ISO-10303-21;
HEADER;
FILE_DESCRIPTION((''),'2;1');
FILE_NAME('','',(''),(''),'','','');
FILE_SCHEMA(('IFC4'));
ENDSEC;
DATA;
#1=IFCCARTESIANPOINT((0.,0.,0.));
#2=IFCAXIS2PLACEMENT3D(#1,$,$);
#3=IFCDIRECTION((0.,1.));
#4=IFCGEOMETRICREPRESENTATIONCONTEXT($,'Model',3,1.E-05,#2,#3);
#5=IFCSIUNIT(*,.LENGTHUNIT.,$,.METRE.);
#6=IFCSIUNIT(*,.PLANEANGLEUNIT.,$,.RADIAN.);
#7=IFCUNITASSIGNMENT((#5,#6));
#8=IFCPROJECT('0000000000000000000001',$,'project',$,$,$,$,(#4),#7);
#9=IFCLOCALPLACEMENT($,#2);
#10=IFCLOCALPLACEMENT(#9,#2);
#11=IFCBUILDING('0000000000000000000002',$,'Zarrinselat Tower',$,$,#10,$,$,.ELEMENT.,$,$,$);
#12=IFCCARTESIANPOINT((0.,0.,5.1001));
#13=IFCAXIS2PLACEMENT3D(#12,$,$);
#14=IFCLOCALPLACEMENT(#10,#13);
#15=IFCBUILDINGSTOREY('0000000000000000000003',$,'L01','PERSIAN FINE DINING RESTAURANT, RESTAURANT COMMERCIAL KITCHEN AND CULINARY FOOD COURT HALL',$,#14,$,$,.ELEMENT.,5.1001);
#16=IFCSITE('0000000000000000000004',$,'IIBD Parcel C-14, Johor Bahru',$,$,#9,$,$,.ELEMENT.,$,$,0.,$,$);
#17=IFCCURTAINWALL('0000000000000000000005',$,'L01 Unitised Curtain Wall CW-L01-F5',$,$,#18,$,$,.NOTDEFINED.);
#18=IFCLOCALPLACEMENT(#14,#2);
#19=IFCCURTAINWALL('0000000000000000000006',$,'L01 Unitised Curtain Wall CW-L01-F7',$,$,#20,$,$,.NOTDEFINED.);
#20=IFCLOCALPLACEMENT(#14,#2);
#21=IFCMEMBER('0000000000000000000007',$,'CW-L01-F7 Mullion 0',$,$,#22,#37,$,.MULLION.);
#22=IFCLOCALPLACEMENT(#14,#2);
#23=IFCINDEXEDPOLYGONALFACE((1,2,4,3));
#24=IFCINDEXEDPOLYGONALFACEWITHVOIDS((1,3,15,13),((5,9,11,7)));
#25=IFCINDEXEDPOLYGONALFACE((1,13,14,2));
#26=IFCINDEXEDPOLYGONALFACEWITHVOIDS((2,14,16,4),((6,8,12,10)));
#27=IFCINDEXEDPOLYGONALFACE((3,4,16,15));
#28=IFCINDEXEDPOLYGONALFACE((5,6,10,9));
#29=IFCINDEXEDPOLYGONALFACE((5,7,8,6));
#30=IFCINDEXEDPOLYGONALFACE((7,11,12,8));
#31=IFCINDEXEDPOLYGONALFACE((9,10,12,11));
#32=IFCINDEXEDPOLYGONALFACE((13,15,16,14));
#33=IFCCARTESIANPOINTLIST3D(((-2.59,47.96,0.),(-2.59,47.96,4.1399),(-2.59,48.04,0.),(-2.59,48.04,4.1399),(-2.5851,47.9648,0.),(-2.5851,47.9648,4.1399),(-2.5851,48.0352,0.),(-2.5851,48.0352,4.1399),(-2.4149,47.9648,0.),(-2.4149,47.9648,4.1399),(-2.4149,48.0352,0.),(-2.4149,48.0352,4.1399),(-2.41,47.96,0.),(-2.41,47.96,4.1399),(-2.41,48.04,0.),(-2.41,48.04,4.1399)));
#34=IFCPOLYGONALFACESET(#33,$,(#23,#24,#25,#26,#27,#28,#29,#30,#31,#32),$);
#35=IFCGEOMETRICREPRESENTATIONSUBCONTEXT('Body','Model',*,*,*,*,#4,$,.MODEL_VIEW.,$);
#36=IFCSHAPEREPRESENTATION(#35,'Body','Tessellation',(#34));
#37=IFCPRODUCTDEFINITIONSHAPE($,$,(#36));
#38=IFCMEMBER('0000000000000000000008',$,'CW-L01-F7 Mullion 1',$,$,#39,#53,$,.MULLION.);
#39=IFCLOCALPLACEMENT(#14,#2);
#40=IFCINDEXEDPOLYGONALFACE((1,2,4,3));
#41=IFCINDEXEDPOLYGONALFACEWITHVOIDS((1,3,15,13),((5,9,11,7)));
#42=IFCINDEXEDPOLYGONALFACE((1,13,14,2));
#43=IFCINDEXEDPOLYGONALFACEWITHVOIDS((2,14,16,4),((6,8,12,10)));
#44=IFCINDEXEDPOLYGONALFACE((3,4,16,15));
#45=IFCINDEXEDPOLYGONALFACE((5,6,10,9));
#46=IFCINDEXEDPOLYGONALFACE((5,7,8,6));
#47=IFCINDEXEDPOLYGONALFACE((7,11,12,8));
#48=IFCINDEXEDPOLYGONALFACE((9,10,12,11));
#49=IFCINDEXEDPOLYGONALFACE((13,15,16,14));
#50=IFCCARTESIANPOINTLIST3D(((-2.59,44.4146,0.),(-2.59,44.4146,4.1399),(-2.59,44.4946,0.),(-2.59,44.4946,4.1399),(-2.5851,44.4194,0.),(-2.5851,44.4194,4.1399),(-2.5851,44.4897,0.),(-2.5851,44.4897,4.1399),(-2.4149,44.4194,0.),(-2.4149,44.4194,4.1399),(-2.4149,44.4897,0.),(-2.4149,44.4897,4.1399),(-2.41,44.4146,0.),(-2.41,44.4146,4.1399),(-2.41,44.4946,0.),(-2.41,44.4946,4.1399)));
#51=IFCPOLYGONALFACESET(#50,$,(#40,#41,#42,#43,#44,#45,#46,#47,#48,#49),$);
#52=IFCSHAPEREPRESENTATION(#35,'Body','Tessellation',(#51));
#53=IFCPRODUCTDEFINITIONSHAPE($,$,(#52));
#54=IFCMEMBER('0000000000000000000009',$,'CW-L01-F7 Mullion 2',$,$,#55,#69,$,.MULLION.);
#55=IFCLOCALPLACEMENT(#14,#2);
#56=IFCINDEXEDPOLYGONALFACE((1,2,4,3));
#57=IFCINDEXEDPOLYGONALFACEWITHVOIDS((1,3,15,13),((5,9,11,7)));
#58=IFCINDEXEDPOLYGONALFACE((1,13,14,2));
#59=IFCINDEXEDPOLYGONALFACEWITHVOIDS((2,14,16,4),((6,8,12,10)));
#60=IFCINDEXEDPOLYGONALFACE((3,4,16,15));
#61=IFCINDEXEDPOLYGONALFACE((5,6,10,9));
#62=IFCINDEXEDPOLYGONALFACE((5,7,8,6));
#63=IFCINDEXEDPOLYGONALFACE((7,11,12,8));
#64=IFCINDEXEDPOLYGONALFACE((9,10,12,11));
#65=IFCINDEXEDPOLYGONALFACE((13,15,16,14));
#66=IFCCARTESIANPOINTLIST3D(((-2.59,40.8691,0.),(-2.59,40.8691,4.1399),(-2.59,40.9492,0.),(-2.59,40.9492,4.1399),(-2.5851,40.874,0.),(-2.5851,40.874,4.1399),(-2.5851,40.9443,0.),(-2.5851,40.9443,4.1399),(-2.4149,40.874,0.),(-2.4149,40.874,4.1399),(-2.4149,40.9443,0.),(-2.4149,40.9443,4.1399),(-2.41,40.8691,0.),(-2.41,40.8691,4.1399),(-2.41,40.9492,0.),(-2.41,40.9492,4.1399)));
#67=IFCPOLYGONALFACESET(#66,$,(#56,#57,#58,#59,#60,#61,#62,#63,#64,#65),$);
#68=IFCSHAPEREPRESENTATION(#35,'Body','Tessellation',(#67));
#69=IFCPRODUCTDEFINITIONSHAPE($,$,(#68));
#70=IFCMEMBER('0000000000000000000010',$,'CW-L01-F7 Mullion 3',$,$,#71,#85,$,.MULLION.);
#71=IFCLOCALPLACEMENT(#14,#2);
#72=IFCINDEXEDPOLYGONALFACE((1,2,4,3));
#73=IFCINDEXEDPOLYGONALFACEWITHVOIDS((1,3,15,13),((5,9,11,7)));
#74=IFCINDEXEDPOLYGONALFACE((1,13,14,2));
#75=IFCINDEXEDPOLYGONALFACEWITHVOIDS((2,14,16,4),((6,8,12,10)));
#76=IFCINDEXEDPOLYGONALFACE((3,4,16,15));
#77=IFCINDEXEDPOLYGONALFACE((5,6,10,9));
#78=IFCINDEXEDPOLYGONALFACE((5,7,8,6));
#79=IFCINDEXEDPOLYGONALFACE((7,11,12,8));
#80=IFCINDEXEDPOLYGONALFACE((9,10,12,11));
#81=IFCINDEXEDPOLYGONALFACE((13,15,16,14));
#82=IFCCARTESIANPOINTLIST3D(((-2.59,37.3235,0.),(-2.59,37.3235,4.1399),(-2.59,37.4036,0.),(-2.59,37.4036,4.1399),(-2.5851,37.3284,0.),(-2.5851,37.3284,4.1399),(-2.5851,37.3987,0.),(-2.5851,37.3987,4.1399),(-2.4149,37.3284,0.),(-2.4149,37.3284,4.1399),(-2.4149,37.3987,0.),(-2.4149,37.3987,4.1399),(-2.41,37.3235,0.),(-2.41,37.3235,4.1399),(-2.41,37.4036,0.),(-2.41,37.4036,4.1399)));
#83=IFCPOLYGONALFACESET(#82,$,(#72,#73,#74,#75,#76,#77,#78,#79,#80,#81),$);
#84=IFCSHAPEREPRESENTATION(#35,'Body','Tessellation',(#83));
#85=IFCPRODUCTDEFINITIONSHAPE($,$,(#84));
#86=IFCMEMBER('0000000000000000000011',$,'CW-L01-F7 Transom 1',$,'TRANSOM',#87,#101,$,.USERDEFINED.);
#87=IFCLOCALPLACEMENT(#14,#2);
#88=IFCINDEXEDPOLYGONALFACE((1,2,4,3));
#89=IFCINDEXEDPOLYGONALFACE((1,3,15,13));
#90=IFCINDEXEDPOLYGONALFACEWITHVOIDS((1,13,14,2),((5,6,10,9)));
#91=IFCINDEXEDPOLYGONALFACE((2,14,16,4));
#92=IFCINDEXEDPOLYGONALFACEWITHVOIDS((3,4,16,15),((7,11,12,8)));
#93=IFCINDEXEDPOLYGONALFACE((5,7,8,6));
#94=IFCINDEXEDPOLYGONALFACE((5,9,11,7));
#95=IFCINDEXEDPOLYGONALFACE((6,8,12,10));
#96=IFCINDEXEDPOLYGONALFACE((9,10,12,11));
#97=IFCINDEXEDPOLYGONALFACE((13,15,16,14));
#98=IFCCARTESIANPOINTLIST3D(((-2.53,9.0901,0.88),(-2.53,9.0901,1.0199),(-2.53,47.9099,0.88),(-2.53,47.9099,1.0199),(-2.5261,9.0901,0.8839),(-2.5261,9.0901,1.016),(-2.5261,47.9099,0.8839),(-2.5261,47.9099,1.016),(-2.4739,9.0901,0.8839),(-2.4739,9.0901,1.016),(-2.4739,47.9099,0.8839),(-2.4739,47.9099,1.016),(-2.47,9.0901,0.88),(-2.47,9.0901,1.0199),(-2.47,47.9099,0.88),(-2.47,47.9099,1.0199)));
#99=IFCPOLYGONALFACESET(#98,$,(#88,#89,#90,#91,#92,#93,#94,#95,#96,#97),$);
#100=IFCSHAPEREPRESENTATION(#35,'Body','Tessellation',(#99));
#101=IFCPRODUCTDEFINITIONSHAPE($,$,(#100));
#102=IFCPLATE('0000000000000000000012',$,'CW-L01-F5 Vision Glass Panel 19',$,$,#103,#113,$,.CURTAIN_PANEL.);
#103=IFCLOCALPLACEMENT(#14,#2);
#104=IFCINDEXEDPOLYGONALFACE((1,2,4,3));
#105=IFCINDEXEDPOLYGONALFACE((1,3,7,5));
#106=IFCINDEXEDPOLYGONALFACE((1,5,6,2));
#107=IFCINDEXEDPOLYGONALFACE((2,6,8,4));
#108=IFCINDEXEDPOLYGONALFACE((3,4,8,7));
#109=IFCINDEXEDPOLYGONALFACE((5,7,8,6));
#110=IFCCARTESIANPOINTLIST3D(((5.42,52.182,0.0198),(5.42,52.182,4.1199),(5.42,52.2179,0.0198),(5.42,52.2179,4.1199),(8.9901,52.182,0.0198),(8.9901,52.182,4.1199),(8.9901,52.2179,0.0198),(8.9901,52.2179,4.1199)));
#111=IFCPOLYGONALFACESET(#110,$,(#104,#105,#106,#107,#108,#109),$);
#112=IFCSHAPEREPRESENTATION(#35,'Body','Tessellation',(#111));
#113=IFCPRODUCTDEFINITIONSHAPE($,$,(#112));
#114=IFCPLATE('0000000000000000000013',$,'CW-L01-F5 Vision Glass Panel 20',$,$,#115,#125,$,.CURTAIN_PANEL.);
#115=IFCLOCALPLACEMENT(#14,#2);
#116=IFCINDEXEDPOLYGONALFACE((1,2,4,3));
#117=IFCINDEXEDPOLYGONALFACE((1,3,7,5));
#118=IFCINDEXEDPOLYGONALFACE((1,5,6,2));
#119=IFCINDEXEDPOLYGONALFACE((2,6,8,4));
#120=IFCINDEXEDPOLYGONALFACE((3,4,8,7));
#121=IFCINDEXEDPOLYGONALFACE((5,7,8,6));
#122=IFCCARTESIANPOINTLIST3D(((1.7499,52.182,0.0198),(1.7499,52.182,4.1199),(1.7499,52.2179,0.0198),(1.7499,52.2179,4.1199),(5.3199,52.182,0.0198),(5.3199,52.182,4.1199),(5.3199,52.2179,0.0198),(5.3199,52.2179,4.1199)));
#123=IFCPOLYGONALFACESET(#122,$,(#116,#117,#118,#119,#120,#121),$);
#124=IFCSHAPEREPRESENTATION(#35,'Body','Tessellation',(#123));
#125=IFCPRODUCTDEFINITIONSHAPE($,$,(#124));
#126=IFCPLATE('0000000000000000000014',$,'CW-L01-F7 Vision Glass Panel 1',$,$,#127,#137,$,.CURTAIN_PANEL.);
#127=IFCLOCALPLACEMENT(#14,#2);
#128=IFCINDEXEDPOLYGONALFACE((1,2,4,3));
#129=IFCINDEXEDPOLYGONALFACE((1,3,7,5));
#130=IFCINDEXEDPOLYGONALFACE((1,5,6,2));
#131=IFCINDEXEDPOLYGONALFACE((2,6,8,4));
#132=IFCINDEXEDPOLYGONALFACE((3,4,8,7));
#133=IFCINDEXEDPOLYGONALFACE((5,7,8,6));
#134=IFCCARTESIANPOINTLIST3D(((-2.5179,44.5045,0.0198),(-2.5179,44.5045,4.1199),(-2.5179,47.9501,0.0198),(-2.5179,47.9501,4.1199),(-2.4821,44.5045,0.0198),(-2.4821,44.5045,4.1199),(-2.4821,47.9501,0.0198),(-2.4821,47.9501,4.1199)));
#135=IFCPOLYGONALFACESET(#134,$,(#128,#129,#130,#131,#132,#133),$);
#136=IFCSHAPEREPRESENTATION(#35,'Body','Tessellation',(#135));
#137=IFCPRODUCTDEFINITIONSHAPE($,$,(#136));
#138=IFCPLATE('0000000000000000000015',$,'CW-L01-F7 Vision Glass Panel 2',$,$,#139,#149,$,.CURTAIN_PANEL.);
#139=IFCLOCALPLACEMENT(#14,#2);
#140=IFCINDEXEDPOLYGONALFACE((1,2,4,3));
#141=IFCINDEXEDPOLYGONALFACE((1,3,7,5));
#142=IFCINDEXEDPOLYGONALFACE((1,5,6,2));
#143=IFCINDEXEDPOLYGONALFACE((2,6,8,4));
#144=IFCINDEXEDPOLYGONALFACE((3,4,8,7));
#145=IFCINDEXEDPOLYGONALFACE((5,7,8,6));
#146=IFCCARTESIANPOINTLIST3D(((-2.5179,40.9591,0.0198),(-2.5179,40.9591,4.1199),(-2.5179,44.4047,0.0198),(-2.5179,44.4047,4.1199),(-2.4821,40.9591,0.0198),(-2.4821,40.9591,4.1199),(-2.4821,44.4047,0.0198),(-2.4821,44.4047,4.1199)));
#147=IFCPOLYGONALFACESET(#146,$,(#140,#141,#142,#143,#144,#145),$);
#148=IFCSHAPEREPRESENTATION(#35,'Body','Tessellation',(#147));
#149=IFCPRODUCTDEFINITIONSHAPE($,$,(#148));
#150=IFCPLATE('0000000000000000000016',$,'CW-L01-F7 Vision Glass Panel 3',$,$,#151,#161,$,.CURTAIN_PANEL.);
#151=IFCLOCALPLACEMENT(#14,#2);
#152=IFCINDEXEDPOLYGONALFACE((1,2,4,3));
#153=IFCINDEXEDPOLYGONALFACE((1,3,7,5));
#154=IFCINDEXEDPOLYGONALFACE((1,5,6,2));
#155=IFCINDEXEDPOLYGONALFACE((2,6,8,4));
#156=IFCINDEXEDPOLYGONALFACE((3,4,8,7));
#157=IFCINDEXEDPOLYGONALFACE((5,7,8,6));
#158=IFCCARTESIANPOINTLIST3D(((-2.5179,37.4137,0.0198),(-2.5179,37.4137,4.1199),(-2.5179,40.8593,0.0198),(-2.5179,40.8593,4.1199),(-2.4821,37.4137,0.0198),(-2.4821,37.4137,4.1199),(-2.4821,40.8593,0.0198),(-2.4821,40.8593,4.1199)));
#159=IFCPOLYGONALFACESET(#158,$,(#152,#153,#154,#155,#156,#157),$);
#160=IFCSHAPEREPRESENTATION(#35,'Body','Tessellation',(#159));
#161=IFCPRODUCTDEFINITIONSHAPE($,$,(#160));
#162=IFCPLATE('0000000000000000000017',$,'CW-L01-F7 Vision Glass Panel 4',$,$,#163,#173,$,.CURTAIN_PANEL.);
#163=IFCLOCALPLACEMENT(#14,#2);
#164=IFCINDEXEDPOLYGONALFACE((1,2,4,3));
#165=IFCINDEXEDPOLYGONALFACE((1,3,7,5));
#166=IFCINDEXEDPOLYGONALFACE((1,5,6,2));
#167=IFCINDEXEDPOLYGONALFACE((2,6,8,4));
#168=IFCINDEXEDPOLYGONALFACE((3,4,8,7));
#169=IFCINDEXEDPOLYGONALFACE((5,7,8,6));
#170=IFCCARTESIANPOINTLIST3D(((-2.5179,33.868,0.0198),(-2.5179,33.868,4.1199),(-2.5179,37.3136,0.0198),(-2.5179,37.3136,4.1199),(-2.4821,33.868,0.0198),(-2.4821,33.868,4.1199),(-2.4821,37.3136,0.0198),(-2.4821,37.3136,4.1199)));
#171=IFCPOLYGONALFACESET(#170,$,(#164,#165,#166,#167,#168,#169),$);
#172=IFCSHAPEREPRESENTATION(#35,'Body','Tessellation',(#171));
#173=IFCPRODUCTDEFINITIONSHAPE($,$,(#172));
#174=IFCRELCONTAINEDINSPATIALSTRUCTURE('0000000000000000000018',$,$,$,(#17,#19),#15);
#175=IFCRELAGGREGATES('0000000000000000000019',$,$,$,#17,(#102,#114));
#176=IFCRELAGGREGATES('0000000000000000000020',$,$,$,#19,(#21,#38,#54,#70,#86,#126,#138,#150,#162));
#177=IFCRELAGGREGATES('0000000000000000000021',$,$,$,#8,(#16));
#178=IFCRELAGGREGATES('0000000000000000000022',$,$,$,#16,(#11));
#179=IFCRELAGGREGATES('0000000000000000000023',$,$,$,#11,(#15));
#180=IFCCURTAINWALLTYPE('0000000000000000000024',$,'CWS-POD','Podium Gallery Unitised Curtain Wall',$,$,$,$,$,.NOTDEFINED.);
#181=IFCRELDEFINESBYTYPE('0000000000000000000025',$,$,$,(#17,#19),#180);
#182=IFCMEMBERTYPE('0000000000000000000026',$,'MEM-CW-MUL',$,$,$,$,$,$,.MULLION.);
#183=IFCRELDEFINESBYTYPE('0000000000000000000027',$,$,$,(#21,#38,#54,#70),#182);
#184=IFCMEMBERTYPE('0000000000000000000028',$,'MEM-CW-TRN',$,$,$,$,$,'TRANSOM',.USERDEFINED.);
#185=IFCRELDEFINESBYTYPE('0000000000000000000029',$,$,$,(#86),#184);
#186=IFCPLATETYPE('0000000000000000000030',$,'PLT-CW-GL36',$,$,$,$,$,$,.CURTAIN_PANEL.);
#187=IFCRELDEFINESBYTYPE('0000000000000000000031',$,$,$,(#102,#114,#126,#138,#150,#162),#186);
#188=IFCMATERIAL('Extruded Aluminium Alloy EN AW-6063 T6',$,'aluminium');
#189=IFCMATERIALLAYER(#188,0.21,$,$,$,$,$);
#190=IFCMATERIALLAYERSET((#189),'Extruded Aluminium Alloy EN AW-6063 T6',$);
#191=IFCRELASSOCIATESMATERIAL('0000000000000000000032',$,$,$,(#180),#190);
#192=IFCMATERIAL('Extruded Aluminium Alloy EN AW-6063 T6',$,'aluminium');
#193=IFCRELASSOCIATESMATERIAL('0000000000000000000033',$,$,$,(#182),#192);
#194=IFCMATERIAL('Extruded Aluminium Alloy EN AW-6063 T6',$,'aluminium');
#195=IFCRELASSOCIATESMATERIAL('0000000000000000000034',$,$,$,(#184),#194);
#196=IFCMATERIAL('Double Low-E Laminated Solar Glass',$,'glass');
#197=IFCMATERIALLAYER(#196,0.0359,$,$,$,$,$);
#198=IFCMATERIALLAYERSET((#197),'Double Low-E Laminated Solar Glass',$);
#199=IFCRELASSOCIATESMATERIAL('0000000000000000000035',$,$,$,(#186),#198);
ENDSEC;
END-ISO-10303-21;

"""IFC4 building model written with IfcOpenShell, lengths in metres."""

from ifc_helpers import new_model, si_unit, direction, frame, origin, origin_2d, place, context, subcontext, project, spatial, rectangle, hollow_rectangle, extrude, material, layer, layer_set, material_profile, profile_set, type_object, element, aggregate, save


model = new_model("IFC4")

# Units and contexts
model_context = context("Model", 3, precision=1e-05, world=origin(), true_north=direction((0.0, 1.0)))
body_context = subcontext(model_context, "Body", "Model", "MODEL_VIEW")
ifc_project = project(units=[si_unit("LENGTHUNIT", "METRE"), si_unit("PLANEANGLEUNIT", "RADIAN")], contexts=[model_context])

# Site, building, storey
site_placement = place(None, origin())
site = spatial("IfcSite", under=ifc_project, at=site_placement, Name="IIBD Parcel C-14, Johor Bahru", CompositionType="ELEMENT", RefElevation=0.0)
building_placement = place(site_placement, origin())
building = spatial("IfcBuilding", under=site, at=building_placement, Name="Zarrinselat Tower", CompositionType="ELEMENT")
storey_placement = place(building_placement, frame((0.0, 0.0, 5.1001)))
storey = spatial("IfcBuildingStorey", under=building, at=storey_placement, Name="L01", Description="PERSIAN FINE DINING RESTAURANT, RESTAURANT COMMERCIAL KITCHEN AND CULINARY FOOD COURT HALL", CompositionType="ELEMENT", Elevation=5.1001)

# Curtain walls, members
ifc_material_1 = material(Name="Extruded Aluminium Alloy EN AW-6063 T6", Category="aluminium")
ifc_layer_1 = layer(ifc_material_1, 0.21)
ifc_layer_set_1 = layer_set([ifc_layer_1], Name="Extruded Aluminium Alloy EN AW-6063 T6")
curtain_wall_type = type_object("IfcCurtainWallType", Name="CWS-POD", Description="Podium Gallery Unitised Curtain Wall", PredefinedType="NOTDEFINED", material=ifc_layer_set_1)
curtain_wall_1_placement = place(storey_placement, origin())
curtain_wall_1 = element("IfcCurtainWall", 1, at=curtain_wall_1_placement, inside=storey, type_object=curtain_wall_type, Name="L01 Unitised Curtain Wall CW-L01-F5", PredefinedType="NOTDEFINED")
ifc_material_2 = material(Name="Extruded Aluminium Alloy EN AW-6063 T6", Category="aluminium")
ifc_material_profile_1 = material_profile(ifc_material_2, hollow_rectangle(XDim=0.0801, YDim=0.1799, WallThickness=0.0049, at=origin_2d()), Name="RHS 180x80x5")
ifc_profile_set_1 = profile_set([ifc_material_profile_1], Name="Extruded Aluminium Alloy EN AW-6063 T6")
member_type_1 = type_object("IfcMemberType", Name="MEM-CW-MUL", PredefinedType="MULLION", material=ifc_profile_set_1)
curtain_wall_2_placement = place(storey_placement, origin())
curtain_wall_2 = element("IfcCurtainWall", 2, at=curtain_wall_2_placement, inside=storey, type_object=curtain_wall_type, Name="L01 Unitised Curtain Wall CW-L01-F7", PredefinedType="NOTDEFINED")
member_1_placement = place(storey_placement, frame((-2.5, 48.0, 0.0), z_axis=(0.0, 0.0, 1.0), x_axis=(0.0, -1.0, 0.0)))
member_1 = element("IfcMember", 3, at=member_1_placement, type_object=member_type_1, Name="CW-L01-F7 Mullion 0", PredefinedType="MULLION", context=body_context, shape_type="SweptSolid", body=[
    extrude(hollow_rectangle(XDim=0.0801, YDim=0.1799, WallThickness=0.0049, at=origin_2d()), origin(), (0.0, 0.0, 1.0), 4.1399),
])
member_2_placement = place(storey_placement, frame((-2.5, 44.4546, 0.0), z_axis=(0.0, 0.0, 1.0), x_axis=(0.0, -1.0, 0.0)))
member_2 = element("IfcMember", 4, at=member_2_placement, type_object=member_type_1, Name="CW-L01-F7 Mullion 1", PredefinedType="MULLION", context=body_context, shape_type="SweptSolid", body=[
    extrude(hollow_rectangle(XDim=0.0801, YDim=0.1799, WallThickness=0.0049, at=origin_2d()), origin(), (0.0, 0.0, 1.0), 4.1399),
])
member_3_placement = place(storey_placement, frame((-2.5, 40.9092, 0.0), z_axis=(0.0, 0.0, 1.0), x_axis=(0.0, -1.0, 0.0)))
member_3 = element("IfcMember", 5, at=member_3_placement, type_object=member_type_1, Name="CW-L01-F7 Mullion 2", PredefinedType="MULLION", context=body_context, shape_type="SweptSolid", body=[
    extrude(hollow_rectangle(XDim=0.0801, YDim=0.1799, WallThickness=0.0049, at=origin_2d()), origin(), (0.0, 0.0, 1.0), 4.1399),
])
member_4_placement = place(storey_placement, frame((-2.5, 37.3635, 0.0), z_axis=(0.0, 0.0, 1.0), x_axis=(0.0, -1.0, 0.0)))
member_4 = element("IfcMember", 6, at=member_4_placement, type_object=member_type_1, Name="CW-L01-F7 Mullion 3", PredefinedType="MULLION", context=body_context, shape_type="SweptSolid", body=[
    extrude(hollow_rectangle(XDim=0.0801, YDim=0.1799, WallThickness=0.0049, at=origin_2d()), origin(), (0.0, 0.0, 1.0), 4.1399),
])
ifc_material_3 = material(Name="Extruded Aluminium Alloy EN AW-6063 T6", Category="aluminium")
ifc_material_profile_2 = material_profile(ifc_material_3, hollow_rectangle(XDim=0.0601, YDim=0.1399, WallThickness=0.0039, at=origin_2d()), Name="RHS 140x60x4")
ifc_profile_set_2 = profile_set([ifc_material_profile_2], Name="Extruded Aluminium Alloy EN AW-6063 T6")
member_type_2 = type_object("IfcMemberType", Name="MEM-CW-TRN", ElementType="TRANSOM", PredefinedType="USERDEFINED", material=ifc_profile_set_2)
member_5_placement = place(storey_placement, frame((-2.5, 47.9099, 0.95), z_axis=(0.0, -1.0, 0.0), x_axis=(1.0, 0.0, 0.0)))
member_5 = element("IfcMember", 7, at=member_5_placement, type_object=member_type_2, Name="CW-L01-F7 Transom 1", ObjectType="TRANSOM", PredefinedType="USERDEFINED", context=body_context, shape_type="SweptSolid", body=[
    extrude(hollow_rectangle(XDim=0.0601, YDim=0.1399, WallThickness=0.0039, at=origin_2d()), origin(), (0.0, 0.0, 1.0), 38.8198),
])

# Plates
ifc_material_4 = material(Name="Double Low-E Laminated Solar Glass", Category="glass")
ifc_layer_2 = layer(ifc_material_4, 0.0359)
ifc_layer_set_2 = layer_set([ifc_layer_2], Name="Double Low-E Laminated Solar Glass")
plate_type = type_object("IfcPlateType", Name="PLT-CW-GL36", PredefinedType="CURTAIN_PANEL", material=ifc_layer_set_2)
plate_1_placement = place(storey_placement, frame((7.2051, 52.2, 0.0198), z_axis=(0.0, 0.0, 1.0), x_axis=(-1.0, 0.0, 0.0)))
plate_1 = element("IfcPlate", 8, at=plate_1_placement, type_object=plate_type, Name="CW-L01-F5 Vision Glass Panel 19", PredefinedType="CURTAIN_PANEL", context=body_context, shape_type="SweptSolid", body=[
    extrude(rectangle(XDim=3.5701, YDim=0.0359, at=origin_2d()), origin(), (0.0, 0.0, 1.0), 4.1001),
])
plate_2_placement = place(storey_placement, frame((3.5349, 52.2, 0.0198), z_axis=(0.0, 0.0, 1.0), x_axis=(-1.0, 0.0, 0.0)))
plate_2 = element("IfcPlate", 9, at=plate_2_placement, type_object=plate_type, Name="CW-L01-F5 Vision Glass Panel 20", PredefinedType="CURTAIN_PANEL", context=body_context, shape_type="SweptSolid", body=[
    extrude(rectangle(XDim=3.5701, YDim=0.0359, at=origin_2d()), origin(), (0.0, 0.0, 1.0), 4.1001),
])
aggregate(curtain_wall_1, [plate_1, plate_2])
plate_3_placement = place(storey_placement, frame((-2.5, 46.2273, 0.0198), z_axis=(0.0, 0.0, 1.0), x_axis=(0.0, -1.0, 0.0)))
plate_3 = element("IfcPlate", 10, at=plate_3_placement, type_object=plate_type, Name="CW-L01-F7 Vision Glass Panel 1", PredefinedType="CURTAIN_PANEL", context=body_context, shape_type="SweptSolid", body=[
    extrude(rectangle(XDim=3.4456, YDim=0.0359, at=origin_2d()), origin(), (0.0, 0.0, 1.0), 4.1001),
])
plate_4_placement = place(storey_placement, frame((-2.5, 42.6819, 0.0198), z_axis=(0.0, 0.0, 1.0), x_axis=(0.0, -1.0, 0.0)))
plate_4 = element("IfcPlate", 11, at=plate_4_placement, type_object=plate_type, Name="CW-L01-F7 Vision Glass Panel 2", PredefinedType="CURTAIN_PANEL", context=body_context, shape_type="SweptSolid", body=[
    extrude(rectangle(XDim=3.4456, YDim=0.0359, at=origin_2d()), origin(), (0.0, 0.0, 1.0), 4.1001),
])
plate_5_placement = place(storey_placement, frame((-2.5, 39.1365, 0.0198), z_axis=(0.0, 0.0, 1.0), x_axis=(0.0, -1.0, 0.0)))
plate_5 = element("IfcPlate", 12, at=plate_5_placement, type_object=plate_type, Name="CW-L01-F7 Vision Glass Panel 3", PredefinedType="CURTAIN_PANEL", context=body_context, shape_type="SweptSolid", body=[
    extrude(rectangle(XDim=3.4456, YDim=0.0359, at=origin_2d()), origin(), (0.0, 0.0, 1.0), 4.1001),
])
plate_6_placement = place(storey_placement, frame((-2.5, 35.5908, 0.0198), z_axis=(0.0, 0.0, 1.0), x_axis=(0.0, -1.0, 0.0)))
plate_6 = element("IfcPlate", 13, at=plate_6_placement, type_object=plate_type, Name="CW-L01-F7 Vision Glass Panel 4", PredefinedType="CURTAIN_PANEL", context=body_context, shape_type="SweptSolid", body=[
    extrude(rectangle(XDim=3.4456, YDim=0.0359, at=origin_2d()), origin(), (0.0, 0.0, 1.0), 4.1001),
])
aggregate(curtain_wall_2, [member_1, member_2, member_3, member_4, member_5, plate_3, plate_4, plate_5, plate_6])

save(model, "model.ifc")
